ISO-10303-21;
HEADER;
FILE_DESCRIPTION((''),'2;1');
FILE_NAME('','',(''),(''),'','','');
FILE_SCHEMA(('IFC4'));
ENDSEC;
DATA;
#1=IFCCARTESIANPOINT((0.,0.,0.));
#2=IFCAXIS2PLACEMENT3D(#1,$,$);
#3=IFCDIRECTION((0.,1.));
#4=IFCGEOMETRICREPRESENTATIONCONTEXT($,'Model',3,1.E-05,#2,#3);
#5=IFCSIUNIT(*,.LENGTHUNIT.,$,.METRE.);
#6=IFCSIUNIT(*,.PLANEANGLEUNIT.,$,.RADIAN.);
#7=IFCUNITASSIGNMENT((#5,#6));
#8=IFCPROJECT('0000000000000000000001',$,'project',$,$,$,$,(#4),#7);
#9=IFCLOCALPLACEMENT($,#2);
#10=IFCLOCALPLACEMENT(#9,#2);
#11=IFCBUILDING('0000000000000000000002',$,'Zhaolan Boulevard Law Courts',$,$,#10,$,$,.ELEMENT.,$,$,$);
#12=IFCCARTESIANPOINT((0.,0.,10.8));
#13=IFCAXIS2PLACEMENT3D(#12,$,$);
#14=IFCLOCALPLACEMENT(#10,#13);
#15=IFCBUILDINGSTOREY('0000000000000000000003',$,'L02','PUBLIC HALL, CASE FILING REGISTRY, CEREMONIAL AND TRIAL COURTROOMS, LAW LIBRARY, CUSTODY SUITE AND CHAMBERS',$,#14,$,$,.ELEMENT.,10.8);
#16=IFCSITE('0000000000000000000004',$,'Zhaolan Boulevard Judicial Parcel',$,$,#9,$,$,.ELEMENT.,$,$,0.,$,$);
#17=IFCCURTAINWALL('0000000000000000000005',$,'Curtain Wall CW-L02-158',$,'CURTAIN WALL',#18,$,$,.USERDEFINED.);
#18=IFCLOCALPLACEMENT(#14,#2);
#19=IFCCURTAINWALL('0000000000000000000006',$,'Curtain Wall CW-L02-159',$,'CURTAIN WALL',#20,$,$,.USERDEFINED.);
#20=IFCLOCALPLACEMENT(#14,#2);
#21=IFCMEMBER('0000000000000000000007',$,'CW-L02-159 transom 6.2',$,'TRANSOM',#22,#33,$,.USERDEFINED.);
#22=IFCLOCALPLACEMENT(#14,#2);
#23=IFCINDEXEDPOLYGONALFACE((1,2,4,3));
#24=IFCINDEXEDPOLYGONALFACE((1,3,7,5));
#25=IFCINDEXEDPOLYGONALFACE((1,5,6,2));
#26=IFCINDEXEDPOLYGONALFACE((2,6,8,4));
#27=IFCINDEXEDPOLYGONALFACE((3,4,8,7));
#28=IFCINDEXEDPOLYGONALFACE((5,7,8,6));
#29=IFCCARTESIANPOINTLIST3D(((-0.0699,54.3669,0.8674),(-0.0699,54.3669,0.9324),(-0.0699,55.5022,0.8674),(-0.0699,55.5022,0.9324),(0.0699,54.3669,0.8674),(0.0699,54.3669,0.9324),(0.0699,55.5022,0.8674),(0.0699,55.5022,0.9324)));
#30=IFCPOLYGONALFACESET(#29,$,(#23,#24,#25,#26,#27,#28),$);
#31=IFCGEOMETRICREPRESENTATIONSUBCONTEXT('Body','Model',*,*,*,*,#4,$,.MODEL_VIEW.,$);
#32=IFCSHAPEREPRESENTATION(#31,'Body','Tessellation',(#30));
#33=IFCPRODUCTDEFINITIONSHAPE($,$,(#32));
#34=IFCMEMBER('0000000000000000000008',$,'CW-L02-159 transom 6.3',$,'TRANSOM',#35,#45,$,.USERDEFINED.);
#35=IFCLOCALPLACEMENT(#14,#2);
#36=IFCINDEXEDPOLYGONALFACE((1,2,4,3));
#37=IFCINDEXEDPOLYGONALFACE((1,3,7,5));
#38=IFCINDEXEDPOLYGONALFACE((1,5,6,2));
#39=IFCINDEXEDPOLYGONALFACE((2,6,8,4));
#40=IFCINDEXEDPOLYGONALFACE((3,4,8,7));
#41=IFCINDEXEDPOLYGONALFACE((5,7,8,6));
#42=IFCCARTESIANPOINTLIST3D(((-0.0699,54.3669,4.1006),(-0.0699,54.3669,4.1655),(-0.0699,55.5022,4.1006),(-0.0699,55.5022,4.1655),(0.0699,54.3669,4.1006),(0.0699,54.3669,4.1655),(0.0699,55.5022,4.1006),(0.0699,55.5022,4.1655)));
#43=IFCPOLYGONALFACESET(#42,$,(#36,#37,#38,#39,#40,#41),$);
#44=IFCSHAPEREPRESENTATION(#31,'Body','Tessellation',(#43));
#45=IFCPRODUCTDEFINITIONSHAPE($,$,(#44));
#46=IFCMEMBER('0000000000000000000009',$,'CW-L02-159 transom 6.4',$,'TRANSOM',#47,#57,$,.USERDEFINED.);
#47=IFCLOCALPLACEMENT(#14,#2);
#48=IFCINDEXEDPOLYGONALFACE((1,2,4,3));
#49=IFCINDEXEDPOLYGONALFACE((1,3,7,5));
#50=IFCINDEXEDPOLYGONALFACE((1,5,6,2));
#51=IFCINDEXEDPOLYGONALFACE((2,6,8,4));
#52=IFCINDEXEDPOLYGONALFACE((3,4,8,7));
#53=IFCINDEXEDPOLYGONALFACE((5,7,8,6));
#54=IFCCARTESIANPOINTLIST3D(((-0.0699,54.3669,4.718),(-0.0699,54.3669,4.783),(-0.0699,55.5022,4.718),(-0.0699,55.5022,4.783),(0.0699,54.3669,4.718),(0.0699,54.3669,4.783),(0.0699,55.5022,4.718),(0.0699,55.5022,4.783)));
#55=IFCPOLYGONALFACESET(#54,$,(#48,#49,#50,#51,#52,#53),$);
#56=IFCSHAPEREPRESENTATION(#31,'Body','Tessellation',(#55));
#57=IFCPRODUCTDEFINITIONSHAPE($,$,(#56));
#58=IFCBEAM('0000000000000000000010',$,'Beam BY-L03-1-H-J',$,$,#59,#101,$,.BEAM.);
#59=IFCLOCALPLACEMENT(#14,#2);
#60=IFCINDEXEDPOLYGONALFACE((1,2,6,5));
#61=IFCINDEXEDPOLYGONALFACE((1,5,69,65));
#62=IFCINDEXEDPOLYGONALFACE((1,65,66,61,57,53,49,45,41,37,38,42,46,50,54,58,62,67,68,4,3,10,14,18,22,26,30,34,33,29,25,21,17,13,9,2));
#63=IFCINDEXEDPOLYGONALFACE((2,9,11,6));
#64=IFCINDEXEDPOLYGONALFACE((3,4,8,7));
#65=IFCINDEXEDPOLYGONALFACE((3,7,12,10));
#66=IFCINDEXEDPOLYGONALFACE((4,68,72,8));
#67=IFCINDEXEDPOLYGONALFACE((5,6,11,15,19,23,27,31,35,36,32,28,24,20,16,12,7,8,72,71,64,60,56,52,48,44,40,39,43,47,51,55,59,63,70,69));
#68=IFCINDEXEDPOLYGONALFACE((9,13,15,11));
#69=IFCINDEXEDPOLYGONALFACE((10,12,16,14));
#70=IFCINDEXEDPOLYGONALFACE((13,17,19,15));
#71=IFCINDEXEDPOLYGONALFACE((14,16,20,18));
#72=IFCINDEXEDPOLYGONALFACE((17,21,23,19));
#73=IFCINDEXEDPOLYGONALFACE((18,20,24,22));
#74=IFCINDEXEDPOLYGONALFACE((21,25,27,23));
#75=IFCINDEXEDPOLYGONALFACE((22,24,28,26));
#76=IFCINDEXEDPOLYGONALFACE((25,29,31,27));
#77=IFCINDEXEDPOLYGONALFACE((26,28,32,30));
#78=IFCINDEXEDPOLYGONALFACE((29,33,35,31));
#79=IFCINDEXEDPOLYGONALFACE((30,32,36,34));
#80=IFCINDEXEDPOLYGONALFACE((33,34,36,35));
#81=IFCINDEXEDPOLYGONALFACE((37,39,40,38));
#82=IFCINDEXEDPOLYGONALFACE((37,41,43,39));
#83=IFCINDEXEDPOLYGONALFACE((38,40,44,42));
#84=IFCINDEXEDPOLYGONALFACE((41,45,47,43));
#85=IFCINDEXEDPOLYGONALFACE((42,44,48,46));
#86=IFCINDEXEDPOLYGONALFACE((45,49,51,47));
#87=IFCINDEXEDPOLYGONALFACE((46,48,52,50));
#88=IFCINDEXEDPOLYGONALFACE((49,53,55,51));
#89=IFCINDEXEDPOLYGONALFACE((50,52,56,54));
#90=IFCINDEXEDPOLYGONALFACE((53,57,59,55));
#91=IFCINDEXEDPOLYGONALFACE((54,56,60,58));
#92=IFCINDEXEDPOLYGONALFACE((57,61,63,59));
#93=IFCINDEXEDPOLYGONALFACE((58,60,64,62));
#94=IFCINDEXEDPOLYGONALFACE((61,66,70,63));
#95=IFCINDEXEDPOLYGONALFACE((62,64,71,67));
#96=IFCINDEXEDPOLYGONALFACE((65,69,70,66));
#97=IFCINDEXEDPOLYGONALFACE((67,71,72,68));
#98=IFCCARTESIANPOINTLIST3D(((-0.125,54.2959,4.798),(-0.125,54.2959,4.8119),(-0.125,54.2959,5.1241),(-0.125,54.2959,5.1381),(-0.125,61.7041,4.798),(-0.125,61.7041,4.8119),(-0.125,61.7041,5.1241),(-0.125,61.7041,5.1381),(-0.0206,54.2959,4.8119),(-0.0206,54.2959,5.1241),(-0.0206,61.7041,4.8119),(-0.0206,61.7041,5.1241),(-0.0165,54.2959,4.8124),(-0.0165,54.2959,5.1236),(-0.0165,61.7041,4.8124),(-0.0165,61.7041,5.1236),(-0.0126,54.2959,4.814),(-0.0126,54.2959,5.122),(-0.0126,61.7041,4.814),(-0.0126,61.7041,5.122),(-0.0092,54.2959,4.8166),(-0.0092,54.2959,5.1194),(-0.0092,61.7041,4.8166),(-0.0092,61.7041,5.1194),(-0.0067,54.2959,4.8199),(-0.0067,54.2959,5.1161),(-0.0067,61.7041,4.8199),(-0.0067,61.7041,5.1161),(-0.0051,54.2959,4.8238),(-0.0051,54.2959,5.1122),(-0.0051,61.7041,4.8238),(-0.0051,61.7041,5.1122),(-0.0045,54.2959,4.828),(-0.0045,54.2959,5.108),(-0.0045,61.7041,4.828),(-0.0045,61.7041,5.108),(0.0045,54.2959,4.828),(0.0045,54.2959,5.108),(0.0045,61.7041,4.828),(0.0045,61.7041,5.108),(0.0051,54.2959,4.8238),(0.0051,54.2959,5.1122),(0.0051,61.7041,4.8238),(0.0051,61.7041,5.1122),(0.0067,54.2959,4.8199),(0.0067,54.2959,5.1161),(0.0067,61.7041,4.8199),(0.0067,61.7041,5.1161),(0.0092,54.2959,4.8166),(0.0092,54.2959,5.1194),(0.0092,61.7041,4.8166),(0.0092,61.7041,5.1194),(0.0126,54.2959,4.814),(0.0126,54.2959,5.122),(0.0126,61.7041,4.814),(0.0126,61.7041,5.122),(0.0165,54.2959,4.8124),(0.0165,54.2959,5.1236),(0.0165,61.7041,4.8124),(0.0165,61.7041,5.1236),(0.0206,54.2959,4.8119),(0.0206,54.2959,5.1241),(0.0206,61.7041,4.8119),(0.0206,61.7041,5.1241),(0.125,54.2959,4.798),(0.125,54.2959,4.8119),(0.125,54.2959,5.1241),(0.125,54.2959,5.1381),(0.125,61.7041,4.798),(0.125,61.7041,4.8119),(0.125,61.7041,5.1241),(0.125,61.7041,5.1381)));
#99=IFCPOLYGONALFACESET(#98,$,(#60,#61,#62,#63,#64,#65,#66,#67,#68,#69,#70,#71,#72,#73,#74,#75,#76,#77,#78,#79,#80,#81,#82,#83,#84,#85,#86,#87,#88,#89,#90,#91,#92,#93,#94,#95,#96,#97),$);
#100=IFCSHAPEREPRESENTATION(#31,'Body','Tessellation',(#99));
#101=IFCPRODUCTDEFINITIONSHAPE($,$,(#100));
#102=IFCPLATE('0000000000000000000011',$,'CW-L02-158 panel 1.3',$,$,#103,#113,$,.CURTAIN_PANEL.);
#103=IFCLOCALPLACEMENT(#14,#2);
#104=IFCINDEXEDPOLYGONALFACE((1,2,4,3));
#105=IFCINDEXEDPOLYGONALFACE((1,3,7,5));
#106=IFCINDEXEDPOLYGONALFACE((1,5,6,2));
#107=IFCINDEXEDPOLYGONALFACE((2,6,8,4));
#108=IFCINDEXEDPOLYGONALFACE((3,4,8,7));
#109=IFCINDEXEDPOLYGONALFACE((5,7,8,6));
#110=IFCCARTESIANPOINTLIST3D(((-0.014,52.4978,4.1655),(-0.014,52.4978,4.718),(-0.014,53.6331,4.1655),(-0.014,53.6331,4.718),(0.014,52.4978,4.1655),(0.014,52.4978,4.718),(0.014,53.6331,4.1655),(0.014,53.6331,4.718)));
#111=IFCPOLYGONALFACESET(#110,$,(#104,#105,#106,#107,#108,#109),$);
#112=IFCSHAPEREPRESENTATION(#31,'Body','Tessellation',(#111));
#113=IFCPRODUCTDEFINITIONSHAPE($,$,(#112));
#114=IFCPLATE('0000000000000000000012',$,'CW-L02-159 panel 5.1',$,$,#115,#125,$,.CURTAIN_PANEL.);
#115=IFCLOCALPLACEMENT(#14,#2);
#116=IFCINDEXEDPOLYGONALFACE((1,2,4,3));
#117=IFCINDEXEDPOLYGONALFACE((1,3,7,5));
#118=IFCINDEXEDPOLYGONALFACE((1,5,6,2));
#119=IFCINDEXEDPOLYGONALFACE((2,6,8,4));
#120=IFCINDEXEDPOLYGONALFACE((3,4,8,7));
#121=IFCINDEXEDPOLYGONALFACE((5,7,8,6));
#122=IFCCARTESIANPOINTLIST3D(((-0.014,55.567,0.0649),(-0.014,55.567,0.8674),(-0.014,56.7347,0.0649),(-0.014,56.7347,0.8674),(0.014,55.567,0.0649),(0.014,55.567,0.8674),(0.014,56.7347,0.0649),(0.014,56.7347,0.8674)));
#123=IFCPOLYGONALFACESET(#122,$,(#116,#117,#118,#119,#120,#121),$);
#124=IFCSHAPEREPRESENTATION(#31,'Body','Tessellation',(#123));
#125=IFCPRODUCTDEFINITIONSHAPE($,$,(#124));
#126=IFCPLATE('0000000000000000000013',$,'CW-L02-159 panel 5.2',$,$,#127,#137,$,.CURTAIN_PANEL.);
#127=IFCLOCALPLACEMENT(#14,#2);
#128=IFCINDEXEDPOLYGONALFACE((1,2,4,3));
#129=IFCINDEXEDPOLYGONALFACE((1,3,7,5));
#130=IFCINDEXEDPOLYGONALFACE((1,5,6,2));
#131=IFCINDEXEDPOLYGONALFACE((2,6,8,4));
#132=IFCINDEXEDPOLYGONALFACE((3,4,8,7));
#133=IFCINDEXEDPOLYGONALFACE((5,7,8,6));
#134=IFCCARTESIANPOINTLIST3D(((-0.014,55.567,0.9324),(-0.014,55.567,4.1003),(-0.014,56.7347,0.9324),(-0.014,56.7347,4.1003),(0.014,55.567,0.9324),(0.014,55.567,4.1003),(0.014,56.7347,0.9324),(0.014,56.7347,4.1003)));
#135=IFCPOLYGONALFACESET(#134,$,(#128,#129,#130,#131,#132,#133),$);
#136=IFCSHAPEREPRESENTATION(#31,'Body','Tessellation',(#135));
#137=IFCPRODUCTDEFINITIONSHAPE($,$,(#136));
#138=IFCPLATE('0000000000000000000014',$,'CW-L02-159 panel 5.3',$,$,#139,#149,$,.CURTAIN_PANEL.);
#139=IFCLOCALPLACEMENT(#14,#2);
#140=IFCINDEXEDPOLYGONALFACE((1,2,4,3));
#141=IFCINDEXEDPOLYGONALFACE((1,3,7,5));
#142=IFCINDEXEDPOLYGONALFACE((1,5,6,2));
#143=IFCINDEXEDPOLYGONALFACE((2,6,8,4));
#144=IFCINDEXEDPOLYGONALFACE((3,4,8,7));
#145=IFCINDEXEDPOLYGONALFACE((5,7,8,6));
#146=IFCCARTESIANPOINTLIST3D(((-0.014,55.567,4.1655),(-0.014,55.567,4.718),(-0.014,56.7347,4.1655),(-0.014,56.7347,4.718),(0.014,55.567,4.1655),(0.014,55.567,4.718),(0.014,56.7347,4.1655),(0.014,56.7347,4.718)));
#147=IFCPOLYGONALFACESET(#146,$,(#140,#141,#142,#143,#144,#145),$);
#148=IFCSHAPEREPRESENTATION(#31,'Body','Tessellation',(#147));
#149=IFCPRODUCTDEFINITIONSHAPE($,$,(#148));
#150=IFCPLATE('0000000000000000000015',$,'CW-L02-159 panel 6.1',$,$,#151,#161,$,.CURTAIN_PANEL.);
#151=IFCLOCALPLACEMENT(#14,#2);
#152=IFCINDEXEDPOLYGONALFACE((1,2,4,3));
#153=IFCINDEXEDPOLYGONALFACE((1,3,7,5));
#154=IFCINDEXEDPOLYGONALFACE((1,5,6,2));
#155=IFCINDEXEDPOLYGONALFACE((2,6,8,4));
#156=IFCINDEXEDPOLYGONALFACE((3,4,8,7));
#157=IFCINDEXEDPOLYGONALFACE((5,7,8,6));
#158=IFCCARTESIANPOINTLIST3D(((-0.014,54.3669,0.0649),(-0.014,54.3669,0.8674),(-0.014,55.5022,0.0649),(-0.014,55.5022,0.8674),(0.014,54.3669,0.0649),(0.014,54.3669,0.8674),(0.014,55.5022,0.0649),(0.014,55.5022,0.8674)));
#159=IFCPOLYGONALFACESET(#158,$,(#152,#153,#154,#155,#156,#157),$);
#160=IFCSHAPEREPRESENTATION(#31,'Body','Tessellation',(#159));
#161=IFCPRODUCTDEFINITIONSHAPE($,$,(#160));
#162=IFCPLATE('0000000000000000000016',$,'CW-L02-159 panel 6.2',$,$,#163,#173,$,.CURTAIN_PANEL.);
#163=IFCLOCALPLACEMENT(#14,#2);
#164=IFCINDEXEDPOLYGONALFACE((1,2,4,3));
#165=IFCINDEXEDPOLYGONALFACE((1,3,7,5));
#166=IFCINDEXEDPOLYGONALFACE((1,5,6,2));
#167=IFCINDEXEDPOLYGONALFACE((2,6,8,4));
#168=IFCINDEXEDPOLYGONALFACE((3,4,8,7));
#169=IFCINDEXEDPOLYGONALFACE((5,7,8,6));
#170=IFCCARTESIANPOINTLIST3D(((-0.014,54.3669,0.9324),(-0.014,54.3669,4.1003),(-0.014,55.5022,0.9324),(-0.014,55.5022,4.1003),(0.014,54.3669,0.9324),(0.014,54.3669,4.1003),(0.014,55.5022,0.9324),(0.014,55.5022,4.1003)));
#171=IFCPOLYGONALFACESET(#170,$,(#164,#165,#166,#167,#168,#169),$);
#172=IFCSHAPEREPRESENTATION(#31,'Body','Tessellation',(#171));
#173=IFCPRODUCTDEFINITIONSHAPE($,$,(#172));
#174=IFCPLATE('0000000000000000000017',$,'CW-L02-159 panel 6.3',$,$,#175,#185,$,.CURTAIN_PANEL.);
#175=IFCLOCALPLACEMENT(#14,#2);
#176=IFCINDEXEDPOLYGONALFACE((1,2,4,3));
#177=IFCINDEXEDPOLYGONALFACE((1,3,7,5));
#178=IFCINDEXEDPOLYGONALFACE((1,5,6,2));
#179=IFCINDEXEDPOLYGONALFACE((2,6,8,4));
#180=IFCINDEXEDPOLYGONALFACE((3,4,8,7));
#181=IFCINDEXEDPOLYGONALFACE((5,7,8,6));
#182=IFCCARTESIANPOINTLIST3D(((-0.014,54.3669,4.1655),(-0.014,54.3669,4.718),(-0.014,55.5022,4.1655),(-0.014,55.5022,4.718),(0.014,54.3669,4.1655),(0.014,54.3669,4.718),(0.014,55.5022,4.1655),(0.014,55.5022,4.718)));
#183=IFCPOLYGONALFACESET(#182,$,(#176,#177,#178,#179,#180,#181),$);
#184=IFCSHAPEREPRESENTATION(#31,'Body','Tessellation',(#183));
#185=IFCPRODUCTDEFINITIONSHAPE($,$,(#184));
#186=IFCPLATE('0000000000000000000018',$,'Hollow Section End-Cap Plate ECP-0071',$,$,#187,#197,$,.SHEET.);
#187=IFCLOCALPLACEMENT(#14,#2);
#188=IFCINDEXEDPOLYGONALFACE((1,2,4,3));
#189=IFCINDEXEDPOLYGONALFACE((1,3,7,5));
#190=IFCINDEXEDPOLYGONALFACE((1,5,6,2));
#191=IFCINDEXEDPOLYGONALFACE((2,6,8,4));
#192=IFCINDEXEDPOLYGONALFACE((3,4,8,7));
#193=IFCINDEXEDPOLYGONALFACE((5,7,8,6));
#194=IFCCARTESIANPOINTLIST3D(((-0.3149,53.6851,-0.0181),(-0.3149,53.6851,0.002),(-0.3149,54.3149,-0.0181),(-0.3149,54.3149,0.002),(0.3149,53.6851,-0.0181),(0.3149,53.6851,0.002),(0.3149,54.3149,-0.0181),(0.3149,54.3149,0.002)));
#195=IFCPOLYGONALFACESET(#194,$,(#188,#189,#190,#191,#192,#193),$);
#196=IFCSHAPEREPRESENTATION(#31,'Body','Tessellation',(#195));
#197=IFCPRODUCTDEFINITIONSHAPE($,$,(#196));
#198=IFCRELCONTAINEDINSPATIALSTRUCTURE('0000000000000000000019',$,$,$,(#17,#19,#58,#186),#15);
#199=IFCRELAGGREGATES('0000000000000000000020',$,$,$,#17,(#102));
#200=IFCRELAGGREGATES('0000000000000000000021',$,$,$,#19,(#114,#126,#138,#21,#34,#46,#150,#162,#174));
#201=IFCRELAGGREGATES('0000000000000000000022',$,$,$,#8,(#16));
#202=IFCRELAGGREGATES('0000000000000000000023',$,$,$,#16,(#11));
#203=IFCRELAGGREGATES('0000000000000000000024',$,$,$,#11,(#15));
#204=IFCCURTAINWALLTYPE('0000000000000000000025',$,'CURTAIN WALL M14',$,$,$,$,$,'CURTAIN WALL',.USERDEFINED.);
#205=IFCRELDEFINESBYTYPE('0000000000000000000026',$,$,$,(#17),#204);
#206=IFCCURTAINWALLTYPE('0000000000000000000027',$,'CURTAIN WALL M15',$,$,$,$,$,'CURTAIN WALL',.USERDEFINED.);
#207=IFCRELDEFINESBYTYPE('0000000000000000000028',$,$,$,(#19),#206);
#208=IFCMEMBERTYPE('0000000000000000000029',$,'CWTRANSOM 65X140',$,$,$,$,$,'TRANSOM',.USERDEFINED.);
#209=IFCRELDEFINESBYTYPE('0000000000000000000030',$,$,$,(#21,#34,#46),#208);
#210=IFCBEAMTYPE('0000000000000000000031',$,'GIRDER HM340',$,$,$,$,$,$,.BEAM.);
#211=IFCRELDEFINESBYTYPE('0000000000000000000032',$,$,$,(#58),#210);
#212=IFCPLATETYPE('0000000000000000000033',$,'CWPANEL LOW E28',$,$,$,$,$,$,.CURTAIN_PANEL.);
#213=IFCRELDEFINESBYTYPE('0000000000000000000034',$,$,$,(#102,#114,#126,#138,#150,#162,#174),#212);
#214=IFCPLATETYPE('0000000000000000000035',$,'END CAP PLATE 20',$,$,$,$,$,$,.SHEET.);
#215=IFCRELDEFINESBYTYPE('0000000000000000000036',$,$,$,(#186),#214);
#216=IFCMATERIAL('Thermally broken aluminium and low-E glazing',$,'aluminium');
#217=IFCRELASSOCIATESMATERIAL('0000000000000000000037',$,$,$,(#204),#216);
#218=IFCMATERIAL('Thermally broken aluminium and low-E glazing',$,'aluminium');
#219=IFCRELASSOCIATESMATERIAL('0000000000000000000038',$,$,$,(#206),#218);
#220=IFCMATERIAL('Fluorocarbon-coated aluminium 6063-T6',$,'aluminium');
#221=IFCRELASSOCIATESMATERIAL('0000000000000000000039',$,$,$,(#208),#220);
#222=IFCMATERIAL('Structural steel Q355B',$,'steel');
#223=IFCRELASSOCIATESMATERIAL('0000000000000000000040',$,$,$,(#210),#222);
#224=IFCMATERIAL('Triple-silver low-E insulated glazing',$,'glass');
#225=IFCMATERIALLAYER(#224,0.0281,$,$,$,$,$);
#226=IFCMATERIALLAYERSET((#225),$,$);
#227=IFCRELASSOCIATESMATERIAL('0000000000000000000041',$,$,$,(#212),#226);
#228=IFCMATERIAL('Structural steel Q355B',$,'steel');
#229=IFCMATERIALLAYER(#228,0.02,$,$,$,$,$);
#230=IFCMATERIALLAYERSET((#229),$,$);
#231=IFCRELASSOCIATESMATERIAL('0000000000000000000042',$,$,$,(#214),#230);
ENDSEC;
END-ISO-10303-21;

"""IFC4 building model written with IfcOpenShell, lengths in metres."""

from ifc_helpers import new_model, si_unit, direction, frame, origin, origin_2d, place, context, subcontext, project, spatial, rectangle, i_section, extrude, material, layer, layer_set, material_profile, profile_set, type_object, element, aggregate, save


model = new_model("IFC4")

# Units and contexts
model_context = context("Model", 3, precision=1e-05, world=origin(), true_north=direction((0.0, 1.0)))
body_context = subcontext(model_context, "Body", "Model", "MODEL_VIEW")
ifc_project = project(units=[si_unit("LENGTHUNIT", "METRE"), si_unit("PLANEANGLEUNIT", "RADIAN")], contexts=[model_context])

# Site, building, storey
site_placement = place(None, origin())
site = spatial("IfcSite", under=ifc_project, at=site_placement, Name="Zhaolan Boulevard Judicial Parcel", CompositionType="ELEMENT", RefElevation=0.0)
building_placement = place(site_placement, origin())
building = spatial("IfcBuilding", under=site, at=building_placement, Name="Zhaolan Boulevard Law Courts", CompositionType="ELEMENT")
storey_placement = place(building_placement, frame((0.0, 0.0, 10.8)))
storey = spatial("IfcBuildingStorey", under=building, at=storey_placement, Name="L02", Description="PUBLIC HALL, CASE FILING REGISTRY, CEREMONIAL AND TRIAL COURTROOMS, LAW LIBRARY, CUSTODY SUITE AND CHAMBERS", CompositionType="ELEMENT", Elevation=10.8)

# Curtain wall
ifc_material_1 = material(Name="Thermally broken aluminium and low-E glazing", Category="aluminium")
curtain_wall_type_1 = type_object("IfcCurtainWallType", Name="CURTAIN WALL M14", ElementType="CURTAIN WALL", PredefinedType="USERDEFINED", material=ifc_material_1)
curtain_wall_1_placement = place(storey_placement, origin())
curtain_wall_1 = element("IfcCurtainWall", 1, at=curtain_wall_1_placement, inside=storey, type_object=curtain_wall_type_1, Name="Curtain Wall CW-L02-158", ObjectType="CURTAIN WALL", PredefinedType="USERDEFINED")

# Curtain wall
ifc_material_2 = material(Name="Thermally broken aluminium and low-E glazing", Category="aluminium")
curtain_wall_type_2 = type_object("IfcCurtainWallType", Name="CURTAIN WALL M15", ElementType="CURTAIN WALL", PredefinedType="USERDEFINED", material=ifc_material_2)
curtain_wall_2_placement = place(storey_placement, origin())
curtain_wall_2 = element("IfcCurtainWall", 2, at=curtain_wall_2_placement, inside=storey, type_object=curtain_wall_type_2, Name="Curtain Wall CW-L02-159", ObjectType="CURTAIN WALL", PredefinedType="USERDEFINED")

# Members
ifc_material_3 = material(Name="Fluorocarbon-coated aluminium 6063-T6", Category="aluminium")
ifc_material_profile_1 = material_profile(ifc_material_3, rectangle(XDim=0.1399, YDim=0.0649, at=origin_2d()), Name="AL65x140")
ifc_profile_set_1 = profile_set([ifc_material_profile_1], Name="Fluorocarbon-coated aluminium 6063-T6")
member_type_1 = type_object("IfcMemberType", Name="CWTRANSOM 65X140", ElementType="TRANSOM", PredefinedType="USERDEFINED", material=ifc_profile_set_1)
member_1_placement = place(storey_placement, frame((0.0, 55.5022, 0.8999), z_axis=(0.0, -1.0, 0.0), x_axis=(1.0, 0.0, 0.0)))
member_1 = element("IfcMember", 3, at=member_1_placement, type_object=member_type_1, Name="CW-L02-159 transom 6.2", ObjectType="TRANSOM", PredefinedType="USERDEFINED", context=body_context, shape_type="SweptSolid", body=[
    extrude(rectangle(XDim=0.1399, YDim=0.0649, at=origin_2d()), origin(), (0.0, 0.0, 1.0), 1.1353),
])
member_2_placement = place(storey_placement, frame((0.0, 55.5022, 4.1331), z_axis=(0.0, -1.0, 0.0), x_axis=(1.0, 0.0, 0.0)))
member_2 = element("IfcMember", 4, at=member_2_placement, type_object=member_type_1, Name="CW-L02-159 transom 6.3", ObjectType="TRANSOM", PredefinedType="USERDEFINED", context=body_context, shape_type="SweptSolid", body=[
    extrude(rectangle(XDim=0.1399, YDim=0.0649, at=origin_2d()), origin(), (0.0, 0.0, 1.0), 1.1353),
])
member_3_placement = place(storey_placement, frame((0.0, 55.5022, 4.7505), z_axis=(0.0, -1.0, 0.0), x_axis=(1.0, 0.0, 0.0)))
member_3 = element("IfcMember", 5, at=member_3_placement, type_object=member_type_1, Name="CW-L02-159 transom 6.4", ObjectType="TRANSOM", PredefinedType="USERDEFINED", context=body_context, shape_type="SweptSolid", body=[
    extrude(rectangle(XDim=0.1399, YDim=0.0649, at=origin_2d()), origin(), (0.0, 0.0, 1.0), 1.1353),
])

# Beam
ifc_material_4 = material(Name="Structural steel Q355B", Category="steel")
ifc_material_profile_2 = material_profile(ifc_material_4, i_section(OverallWidth=0.25, OverallDepth=0.3401, WebThickness=0.009, FlangeThickness=0.0139, FilletRadius=0.0161, at=origin_2d()), Name="HM340x250")
ifc_profile_set_2 = profile_set([ifc_material_profile_2], Name="Structural steel Q355B")
beam_type = type_object("IfcBeamType", Name="GIRDER HM340", PredefinedType="BEAM", material=ifc_profile_set_2)
beam_placement = place(storey_placement, frame((0.0, 54.2959, 4.968), z_axis=(0.0, 1.0, 0.0), x_axis=(-1.0, 0.0, 0.0)))
element("IfcBeam", 6, at=beam_placement, inside=storey, type_object=beam_type, Name="Beam BY-L03-1-H-J", PredefinedType="BEAM", context=body_context, shape_type="SweptSolid", body=[
    extrude(i_section(OverallWidth=0.25, OverallDepth=0.3401, WebThickness=0.009, FlangeThickness=0.0139, FilletRadius=0.0161, at=origin_2d()), origin(), (0.0, 0.0, 1.0), 7.4082),
])

# Plates
ifc_material_5 = material(Name="Triple-silver low-E insulated glazing", Category="glass")
ifc_layer_1 = layer(ifc_material_5, 0.0281)
ifc_layer_set_1 = layer_set([ifc_layer_1])
plate_type_1 = type_object("IfcPlateType", Name="CWPANEL LOW E28", PredefinedType="CURTAIN_PANEL", material=ifc_layer_set_1)
plate_1_placement = place(storey_placement, frame((0.0, 53.0654, 4.1655), z_axis=(0.0, 0.0, 1.0), x_axis=(0.0, -1.0, 0.0)))
plate_1 = element("IfcPlate", 7, at=plate_1_placement, type_object=plate_type_1, Name="CW-L02-158 panel 1.3", PredefinedType="CURTAIN_PANEL", context=body_context, shape_type="SweptSolid", body=[
    extrude(rectangle(XDim=1.1353, YDim=0.0281, at=origin_2d()), origin(), (0.0, 0.0, 1.0), 0.5525),
])
aggregate(curtain_wall_1, [plate_1])
plate_2_placement = place(storey_placement, frame((0.0, 56.1509, 0.0649), z_axis=(0.0, 0.0, 1.0), x_axis=(0.0, -1.0, 0.0)))
plate_2 = element("IfcPlate", 8, at=plate_2_placement, type_object=plate_type_1, Name="CW-L02-159 panel 5.1", PredefinedType="CURTAIN_PANEL", context=body_context, shape_type="SweptSolid", body=[
    extrude(rectangle(XDim=1.1677, YDim=0.0281, at=origin_2d()), origin(), (0.0, 0.0, 1.0), 0.8025),
])
plate_3_placement = place(storey_placement, frame((0.0, 56.1509, 0.9324), z_axis=(0.0, 0.0, 1.0), x_axis=(0.0, -1.0, 0.0)))
plate_3 = element("IfcPlate", 9, at=plate_3_placement, type_object=plate_type_1, Name="CW-L02-159 panel 5.2", PredefinedType="CURTAIN_PANEL", context=body_context, shape_type="SweptSolid", body=[
    extrude(rectangle(XDim=1.1677, YDim=0.0281, at=origin_2d()), origin(), (0.0, 0.0, 1.0), 3.168),
])
plate_4_placement = place(storey_placement, frame((0.0, 56.1509, 4.1655), z_axis=(0.0, 0.0, 1.0), x_axis=(0.0, -1.0, 0.0)))
plate_4 = element("IfcPlate", 10, at=plate_4_placement, type_object=plate_type_1, Name="CW-L02-159 panel 5.3", PredefinedType="CURTAIN_PANEL", context=body_context, shape_type="SweptSolid", body=[
    extrude(rectangle(XDim=1.1677, YDim=0.0281, at=origin_2d()), origin(), (0.0, 0.0, 1.0), 0.5525),
])
plate_5_placement = place(storey_placement, frame((0.0, 54.9346, 0.0649), z_axis=(0.0, 0.0, 1.0), x_axis=(0.0, -1.0, 0.0)))
plate_5 = element("IfcPlate", 11, at=plate_5_placement, type_object=plate_type_1, Name="CW-L02-159 panel 6.1", PredefinedType="CURTAIN_PANEL", context=body_context, shape_type="SweptSolid", body=[
    extrude(rectangle(XDim=1.1353, YDim=0.0281, at=origin_2d()), origin(), (0.0, 0.0, 1.0), 0.8025),
])
plate_6_placement = place(storey_placement, frame((0.0, 54.9346, 0.9324), z_axis=(0.0, 0.0, 1.0), x_axis=(0.0, -1.0, 0.0)))
plate_6 = element("IfcPlate", 12, at=plate_6_placement, type_object=plate_type_1, Name="CW-L02-159 panel 6.2", PredefinedType="CURTAIN_PANEL", context=body_context, shape_type="SweptSolid", body=[
    extrude(rectangle(XDim=1.1353, YDim=0.0281, at=origin_2d()), origin(), (0.0, 0.0, 1.0), 3.168),
])
plate_7_placement = place(storey_placement, frame((0.0, 54.9346, 4.1655), z_axis=(0.0, 0.0, 1.0), x_axis=(0.0, -1.0, 0.0)))
plate_7 = element("IfcPlate", 13, at=plate_7_placement, type_object=plate_type_1, Name="CW-L02-159 panel 6.3", PredefinedType="CURTAIN_PANEL", context=body_context, shape_type="SweptSolid", body=[
    extrude(rectangle(XDim=1.1353, YDim=0.0281, at=origin_2d()), origin(), (0.0, 0.0, 1.0), 0.5525),
])
aggregate(curtain_wall_2, [plate_2, plate_3, plate_4, member_1, member_2, member_3, plate_5, plate_6, plate_7])

# Plate
ifc_material_6 = material(Name="Structural steel Q355B", Category="steel")
ifc_layer_2 = layer(ifc_material_6, 0.02)
ifc_layer_set_2 = layer_set([ifc_layer_2])
plate_type_2 = type_object("IfcPlateType", Name="END CAP PLATE 20", PredefinedType="SHEET", material=ifc_layer_set_2)
for number, where, z_axis, x_axis, name in (
    (14, (0.0, 54.0, -0.0181), (0.0, 0.0, 1.0), (1.0, 0.0, 0.0), "Hollow Section End-Cap Plate ECP-0071"),
):
    element("IfcPlate", number, at=place(storey_placement, frame(where, z_axis=z_axis, x_axis=x_axis)), inside=storey, type_object=plate_type_2, Name=name, PredefinedType="SHEET", context=body_context, shape_type="SweptSolid", body=[
        extrude(rectangle(XDim=0.6299, YDim=0.6299, at=origin_2d()), origin(), (0.0, 0.0, 1.0), 0.02),
    ])

save(model, "model.ifc")
